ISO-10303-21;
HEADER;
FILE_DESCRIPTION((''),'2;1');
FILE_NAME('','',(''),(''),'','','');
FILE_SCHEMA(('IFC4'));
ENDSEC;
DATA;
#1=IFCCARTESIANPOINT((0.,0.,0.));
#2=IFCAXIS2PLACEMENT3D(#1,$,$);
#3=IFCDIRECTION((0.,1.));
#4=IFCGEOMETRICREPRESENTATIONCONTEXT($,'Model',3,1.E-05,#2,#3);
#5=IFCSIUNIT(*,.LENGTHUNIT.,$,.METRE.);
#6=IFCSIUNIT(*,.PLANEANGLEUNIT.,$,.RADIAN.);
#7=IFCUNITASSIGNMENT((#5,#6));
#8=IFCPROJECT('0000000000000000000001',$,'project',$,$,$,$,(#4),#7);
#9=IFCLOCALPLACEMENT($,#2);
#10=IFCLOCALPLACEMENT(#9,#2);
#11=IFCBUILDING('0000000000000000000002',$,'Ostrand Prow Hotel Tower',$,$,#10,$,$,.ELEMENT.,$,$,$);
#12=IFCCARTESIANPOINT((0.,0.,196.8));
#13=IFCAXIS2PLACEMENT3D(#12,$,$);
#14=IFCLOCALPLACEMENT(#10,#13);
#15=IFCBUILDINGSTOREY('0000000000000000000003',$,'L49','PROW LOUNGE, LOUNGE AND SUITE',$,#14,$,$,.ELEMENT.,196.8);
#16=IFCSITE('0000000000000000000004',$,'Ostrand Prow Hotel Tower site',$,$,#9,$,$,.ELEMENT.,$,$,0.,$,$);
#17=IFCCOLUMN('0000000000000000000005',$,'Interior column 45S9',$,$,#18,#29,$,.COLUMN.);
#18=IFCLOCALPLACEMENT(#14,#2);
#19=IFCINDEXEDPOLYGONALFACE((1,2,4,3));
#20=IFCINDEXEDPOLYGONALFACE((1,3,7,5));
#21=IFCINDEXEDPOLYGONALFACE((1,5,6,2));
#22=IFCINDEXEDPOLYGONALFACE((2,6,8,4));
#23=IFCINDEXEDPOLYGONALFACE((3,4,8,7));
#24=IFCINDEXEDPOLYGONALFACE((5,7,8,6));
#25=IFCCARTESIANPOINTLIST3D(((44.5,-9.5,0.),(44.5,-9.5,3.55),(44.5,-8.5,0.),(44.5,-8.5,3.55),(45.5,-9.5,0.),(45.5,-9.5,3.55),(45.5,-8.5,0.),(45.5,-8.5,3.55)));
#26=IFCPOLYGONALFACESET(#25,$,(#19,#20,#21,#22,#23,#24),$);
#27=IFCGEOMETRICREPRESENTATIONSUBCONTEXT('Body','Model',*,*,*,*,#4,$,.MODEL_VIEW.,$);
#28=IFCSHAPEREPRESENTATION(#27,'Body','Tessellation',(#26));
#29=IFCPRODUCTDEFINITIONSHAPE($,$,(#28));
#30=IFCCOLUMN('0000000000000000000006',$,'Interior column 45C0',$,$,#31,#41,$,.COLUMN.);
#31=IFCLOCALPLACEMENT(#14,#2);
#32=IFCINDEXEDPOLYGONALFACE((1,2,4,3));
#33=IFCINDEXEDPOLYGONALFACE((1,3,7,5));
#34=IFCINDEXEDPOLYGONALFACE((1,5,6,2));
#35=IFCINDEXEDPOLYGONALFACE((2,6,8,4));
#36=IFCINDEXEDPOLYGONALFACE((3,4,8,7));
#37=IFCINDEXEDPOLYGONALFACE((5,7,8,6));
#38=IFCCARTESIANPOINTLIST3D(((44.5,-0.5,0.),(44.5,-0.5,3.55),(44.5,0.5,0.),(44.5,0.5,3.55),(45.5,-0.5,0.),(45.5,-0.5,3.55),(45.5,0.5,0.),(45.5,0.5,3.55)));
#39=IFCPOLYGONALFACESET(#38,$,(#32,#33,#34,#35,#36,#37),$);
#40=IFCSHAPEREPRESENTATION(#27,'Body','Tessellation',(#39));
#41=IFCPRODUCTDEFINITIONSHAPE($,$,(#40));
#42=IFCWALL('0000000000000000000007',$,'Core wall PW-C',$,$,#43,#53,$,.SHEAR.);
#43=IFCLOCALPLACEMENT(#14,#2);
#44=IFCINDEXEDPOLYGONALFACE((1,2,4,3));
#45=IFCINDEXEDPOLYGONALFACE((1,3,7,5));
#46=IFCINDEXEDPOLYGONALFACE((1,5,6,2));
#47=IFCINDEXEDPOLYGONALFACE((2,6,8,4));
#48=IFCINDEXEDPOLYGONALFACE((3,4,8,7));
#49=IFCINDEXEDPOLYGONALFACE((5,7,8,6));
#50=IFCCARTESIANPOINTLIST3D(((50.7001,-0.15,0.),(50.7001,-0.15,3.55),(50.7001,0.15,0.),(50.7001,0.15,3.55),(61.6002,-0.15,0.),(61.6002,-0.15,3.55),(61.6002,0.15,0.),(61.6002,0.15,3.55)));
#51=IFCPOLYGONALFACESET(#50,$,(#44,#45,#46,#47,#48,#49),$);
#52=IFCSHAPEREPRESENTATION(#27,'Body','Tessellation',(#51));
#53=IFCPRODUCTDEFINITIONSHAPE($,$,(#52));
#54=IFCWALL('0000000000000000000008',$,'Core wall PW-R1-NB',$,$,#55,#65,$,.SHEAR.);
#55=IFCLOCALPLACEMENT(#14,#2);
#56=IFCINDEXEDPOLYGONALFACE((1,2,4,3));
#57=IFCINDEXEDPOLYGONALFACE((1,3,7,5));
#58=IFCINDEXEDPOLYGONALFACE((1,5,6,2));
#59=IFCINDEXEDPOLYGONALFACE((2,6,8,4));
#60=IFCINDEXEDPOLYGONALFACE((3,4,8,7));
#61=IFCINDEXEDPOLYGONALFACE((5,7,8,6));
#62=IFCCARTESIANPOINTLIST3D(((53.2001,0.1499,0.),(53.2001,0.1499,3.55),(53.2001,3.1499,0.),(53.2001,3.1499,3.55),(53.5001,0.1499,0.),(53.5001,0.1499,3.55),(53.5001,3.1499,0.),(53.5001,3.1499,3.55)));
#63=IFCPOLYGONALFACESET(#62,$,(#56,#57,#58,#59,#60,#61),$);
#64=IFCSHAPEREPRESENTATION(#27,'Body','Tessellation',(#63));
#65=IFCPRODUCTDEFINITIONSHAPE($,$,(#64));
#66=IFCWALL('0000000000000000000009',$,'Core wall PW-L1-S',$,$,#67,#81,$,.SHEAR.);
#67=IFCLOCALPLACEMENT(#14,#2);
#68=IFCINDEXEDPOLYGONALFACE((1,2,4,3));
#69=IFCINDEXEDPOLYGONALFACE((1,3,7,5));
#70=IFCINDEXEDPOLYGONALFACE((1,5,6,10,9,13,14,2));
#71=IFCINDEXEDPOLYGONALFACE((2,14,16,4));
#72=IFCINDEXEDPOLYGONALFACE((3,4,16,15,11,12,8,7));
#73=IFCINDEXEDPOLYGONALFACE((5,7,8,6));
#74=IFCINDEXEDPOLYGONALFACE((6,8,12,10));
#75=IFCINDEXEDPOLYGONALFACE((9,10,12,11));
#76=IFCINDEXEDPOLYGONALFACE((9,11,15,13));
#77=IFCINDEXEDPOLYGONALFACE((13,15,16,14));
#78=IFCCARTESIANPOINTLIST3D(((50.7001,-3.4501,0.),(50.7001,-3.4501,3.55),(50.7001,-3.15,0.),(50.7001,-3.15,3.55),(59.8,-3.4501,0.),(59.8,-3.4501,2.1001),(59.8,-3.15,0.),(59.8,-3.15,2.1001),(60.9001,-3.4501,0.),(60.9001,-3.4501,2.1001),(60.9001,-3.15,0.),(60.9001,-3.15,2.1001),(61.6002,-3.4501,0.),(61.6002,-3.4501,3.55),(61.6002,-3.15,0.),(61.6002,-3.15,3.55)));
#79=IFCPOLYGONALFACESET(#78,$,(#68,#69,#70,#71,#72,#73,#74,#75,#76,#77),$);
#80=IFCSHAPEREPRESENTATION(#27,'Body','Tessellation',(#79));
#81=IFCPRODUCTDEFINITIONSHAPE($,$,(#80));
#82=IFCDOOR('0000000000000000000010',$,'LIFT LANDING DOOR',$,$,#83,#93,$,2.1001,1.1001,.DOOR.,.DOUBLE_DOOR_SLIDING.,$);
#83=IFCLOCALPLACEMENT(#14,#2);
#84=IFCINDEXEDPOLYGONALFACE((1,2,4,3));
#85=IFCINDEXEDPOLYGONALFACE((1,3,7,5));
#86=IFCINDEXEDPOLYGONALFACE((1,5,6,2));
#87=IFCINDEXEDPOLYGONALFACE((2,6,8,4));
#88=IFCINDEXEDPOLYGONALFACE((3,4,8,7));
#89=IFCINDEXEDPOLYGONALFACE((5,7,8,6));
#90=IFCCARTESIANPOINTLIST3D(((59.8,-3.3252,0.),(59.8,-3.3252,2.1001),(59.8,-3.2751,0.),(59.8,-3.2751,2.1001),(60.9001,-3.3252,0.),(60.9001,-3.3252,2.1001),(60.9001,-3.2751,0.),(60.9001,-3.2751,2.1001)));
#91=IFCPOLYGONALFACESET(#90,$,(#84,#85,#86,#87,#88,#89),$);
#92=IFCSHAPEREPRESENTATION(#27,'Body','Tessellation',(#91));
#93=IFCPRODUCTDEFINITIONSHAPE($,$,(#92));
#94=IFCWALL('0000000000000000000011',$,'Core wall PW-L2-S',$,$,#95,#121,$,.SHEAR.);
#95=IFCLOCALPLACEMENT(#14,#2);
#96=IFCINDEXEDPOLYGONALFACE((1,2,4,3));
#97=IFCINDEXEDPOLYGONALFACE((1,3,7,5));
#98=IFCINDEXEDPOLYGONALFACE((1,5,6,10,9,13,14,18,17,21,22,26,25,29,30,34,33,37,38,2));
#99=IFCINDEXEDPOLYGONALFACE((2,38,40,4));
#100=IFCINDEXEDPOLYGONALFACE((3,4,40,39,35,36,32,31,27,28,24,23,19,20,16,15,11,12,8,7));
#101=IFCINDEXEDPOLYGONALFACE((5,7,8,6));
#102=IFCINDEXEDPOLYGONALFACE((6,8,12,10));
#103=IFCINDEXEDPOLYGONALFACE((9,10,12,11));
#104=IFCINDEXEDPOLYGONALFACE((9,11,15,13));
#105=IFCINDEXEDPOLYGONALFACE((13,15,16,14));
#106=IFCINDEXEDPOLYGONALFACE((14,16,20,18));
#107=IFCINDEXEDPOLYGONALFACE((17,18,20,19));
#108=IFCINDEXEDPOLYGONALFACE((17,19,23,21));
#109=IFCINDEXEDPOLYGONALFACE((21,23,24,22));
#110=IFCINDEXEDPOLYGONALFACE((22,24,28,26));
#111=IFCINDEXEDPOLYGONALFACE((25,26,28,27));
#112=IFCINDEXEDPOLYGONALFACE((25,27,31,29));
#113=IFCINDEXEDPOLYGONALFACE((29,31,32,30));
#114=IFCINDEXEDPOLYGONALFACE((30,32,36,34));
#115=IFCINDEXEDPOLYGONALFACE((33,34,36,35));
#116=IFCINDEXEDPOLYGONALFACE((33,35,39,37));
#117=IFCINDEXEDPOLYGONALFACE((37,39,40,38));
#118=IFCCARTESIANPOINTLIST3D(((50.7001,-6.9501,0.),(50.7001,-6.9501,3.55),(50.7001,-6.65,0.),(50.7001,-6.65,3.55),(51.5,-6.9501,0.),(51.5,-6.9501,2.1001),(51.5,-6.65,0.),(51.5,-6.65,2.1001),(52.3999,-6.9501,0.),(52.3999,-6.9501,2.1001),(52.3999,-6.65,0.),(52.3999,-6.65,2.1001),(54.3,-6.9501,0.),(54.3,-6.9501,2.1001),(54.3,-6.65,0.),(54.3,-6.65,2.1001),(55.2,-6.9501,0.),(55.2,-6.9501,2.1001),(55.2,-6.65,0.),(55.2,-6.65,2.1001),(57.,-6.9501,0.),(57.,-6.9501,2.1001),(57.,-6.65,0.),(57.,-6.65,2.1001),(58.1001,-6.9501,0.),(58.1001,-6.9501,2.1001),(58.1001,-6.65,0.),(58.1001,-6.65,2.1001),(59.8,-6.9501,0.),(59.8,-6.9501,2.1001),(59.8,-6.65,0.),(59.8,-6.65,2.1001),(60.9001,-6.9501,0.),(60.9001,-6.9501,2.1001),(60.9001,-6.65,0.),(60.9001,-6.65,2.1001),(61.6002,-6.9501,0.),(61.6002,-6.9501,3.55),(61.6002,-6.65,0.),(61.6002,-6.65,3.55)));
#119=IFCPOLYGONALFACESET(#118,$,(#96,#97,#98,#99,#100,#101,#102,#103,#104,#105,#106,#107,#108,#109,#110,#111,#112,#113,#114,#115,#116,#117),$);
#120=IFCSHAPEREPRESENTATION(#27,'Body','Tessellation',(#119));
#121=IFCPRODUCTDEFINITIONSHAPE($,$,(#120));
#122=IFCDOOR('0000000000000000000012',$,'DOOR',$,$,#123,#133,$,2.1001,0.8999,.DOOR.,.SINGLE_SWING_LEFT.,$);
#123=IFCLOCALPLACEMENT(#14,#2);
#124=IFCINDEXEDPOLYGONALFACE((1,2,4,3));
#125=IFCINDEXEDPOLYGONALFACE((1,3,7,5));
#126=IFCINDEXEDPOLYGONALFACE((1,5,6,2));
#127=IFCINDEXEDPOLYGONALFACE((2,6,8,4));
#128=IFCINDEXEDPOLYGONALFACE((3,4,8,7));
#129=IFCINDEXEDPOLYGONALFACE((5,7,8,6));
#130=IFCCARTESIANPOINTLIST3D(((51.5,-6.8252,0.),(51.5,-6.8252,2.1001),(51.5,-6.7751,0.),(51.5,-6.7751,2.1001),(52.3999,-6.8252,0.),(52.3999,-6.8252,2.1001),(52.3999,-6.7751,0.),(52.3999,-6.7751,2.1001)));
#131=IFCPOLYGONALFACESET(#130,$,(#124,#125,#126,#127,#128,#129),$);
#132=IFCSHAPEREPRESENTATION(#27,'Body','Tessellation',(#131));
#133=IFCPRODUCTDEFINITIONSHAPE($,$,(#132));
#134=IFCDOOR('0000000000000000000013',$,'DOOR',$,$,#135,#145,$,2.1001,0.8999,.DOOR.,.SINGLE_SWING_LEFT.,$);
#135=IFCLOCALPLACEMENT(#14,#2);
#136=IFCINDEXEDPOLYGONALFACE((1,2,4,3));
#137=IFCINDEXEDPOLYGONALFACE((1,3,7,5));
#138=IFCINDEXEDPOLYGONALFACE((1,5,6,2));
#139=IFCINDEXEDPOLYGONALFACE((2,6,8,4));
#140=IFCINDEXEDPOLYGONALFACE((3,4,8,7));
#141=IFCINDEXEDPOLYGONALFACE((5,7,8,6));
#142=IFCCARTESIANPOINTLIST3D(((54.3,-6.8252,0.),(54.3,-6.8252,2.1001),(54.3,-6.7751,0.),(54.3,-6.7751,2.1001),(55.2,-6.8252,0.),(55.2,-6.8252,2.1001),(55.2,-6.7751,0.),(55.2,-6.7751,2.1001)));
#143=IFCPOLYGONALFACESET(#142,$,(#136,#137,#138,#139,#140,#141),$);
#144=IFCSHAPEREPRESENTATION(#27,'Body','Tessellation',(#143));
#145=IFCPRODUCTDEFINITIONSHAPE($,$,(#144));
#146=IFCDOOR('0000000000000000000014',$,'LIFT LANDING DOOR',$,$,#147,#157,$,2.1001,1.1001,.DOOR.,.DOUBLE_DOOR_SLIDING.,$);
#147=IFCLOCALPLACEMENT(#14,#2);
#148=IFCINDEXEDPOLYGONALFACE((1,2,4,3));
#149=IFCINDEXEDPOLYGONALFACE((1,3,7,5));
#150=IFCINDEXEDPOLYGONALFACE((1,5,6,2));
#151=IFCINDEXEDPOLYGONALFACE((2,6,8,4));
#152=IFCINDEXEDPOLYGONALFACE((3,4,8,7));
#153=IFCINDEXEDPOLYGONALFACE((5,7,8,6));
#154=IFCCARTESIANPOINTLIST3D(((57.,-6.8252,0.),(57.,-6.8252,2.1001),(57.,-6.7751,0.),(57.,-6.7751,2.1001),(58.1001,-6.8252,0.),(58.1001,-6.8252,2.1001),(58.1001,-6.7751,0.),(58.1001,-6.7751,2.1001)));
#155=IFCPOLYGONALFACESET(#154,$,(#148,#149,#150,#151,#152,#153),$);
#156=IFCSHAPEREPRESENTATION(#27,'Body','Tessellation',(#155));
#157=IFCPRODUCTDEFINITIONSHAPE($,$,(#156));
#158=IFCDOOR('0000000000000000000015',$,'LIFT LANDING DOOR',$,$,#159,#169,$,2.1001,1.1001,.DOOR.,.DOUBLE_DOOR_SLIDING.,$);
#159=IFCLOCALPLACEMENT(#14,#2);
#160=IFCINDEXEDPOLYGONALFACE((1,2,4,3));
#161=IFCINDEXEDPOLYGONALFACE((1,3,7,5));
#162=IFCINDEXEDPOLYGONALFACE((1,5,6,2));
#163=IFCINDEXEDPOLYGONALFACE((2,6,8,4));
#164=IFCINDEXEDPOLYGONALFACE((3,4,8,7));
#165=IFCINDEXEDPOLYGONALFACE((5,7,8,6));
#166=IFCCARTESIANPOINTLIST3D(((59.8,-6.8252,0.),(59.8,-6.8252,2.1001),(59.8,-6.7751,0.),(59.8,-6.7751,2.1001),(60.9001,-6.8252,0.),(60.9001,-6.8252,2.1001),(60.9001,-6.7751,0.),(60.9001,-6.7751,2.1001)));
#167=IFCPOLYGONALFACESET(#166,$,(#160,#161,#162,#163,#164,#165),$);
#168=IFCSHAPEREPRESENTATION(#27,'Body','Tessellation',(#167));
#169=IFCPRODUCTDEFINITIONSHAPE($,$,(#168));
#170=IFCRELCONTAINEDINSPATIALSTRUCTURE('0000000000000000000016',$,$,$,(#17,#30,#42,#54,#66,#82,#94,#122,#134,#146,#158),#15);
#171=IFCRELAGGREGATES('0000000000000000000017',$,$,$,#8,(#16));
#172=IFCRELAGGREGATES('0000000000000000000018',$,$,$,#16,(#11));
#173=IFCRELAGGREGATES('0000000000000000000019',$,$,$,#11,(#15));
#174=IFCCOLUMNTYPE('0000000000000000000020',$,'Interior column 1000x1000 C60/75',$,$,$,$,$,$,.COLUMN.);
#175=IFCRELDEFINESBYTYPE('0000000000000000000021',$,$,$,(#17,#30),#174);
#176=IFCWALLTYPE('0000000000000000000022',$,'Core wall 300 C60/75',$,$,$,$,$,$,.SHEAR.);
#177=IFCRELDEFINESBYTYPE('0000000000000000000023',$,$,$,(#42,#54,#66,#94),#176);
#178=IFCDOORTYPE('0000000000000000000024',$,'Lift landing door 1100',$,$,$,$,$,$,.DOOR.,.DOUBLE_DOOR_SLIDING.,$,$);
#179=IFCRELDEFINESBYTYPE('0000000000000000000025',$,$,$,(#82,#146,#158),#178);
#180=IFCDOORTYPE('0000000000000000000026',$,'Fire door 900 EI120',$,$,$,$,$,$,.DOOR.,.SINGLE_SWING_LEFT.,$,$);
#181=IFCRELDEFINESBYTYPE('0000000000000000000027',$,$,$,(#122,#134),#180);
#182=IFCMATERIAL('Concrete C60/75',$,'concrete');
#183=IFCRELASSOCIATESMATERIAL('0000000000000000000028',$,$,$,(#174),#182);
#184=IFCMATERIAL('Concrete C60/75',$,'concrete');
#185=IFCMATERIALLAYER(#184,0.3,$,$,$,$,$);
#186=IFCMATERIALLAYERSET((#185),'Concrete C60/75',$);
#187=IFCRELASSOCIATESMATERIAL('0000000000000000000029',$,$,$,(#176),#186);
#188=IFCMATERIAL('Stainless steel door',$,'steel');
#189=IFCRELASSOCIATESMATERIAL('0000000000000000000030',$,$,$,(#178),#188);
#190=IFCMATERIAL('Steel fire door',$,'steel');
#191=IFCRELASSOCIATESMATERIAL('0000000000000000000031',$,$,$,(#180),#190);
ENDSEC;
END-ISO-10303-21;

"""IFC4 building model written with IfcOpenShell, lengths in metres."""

from ifc_helpers import new_model, si_unit, direction, frame, frame_2d, origin, origin_2d, place, context, subcontext, project, spatial, rectangle, extrude, material, layer, layer_set, material_profile, profile_set, type_object, element, fill, save


model = new_model("IFC4")

# Units and contexts
model_context = context("Model", 3, precision=1e-05, world=origin(), true_north=direction((0.0, 1.0)))
body_context = subcontext(model_context, "Body", "Model", "MODEL_VIEW")
ifc_project = project(units=[si_unit("LENGTHUNIT", "METRE"), si_unit("PLANEANGLEUNIT", "RADIAN")], contexts=[model_context])

# Site, building, storey
site_placement = place(None, origin())
site = spatial("IfcSite", under=ifc_project, at=site_placement, Name="Ostrand Prow Hotel Tower site", CompositionType="ELEMENT", RefElevation=0.0)
building_placement = place(site_placement, origin())
building = spatial("IfcBuilding", under=site, at=building_placement, Name="Ostrand Prow Hotel Tower", CompositionType="ELEMENT")
storey_placement = place(building_placement, frame((0.0, 0.0, 196.8)))
storey = spatial("IfcBuildingStorey", under=building, at=storey_placement, Name="L49", Description="PROW LOUNGE, LOUNGE AND SUITE", CompositionType="ELEMENT", Elevation=196.8)

# Columns
ifc_material_1 = material(Name="Concrete C60/75", Category="concrete")
ifc_material_profile = material_profile(ifc_material_1, rectangle(XDim=1.0, YDim=1.0, at=origin_2d()), Name="RC 1000x1000")
ifc_profile_set = profile_set([ifc_material_profile], Name="Concrete C60/75")
column_type = type_object("IfcColumnType", Name="Interior column 1000x1000 C60/75", PredefinedType="COLUMN", material=ifc_profile_set)
for number, where, z_axis, x_axis, name in (
    (1, (45.0, -9.0, 0.0), (0.0, 0.0, 1.0), (1.0, 0.0, 0.0), "Interior column 45S9"),
    (2, (45.0, 0.0, 0.0), (0.0, 0.0, 1.0), (1.0, 0.0, 0.0), "Interior column 45C0"),
):
    element("IfcColumn", number, at=place(storey_placement, frame(where, z_axis=z_axis, x_axis=x_axis)), inside=storey, type_object=column_type, Name=name, PredefinedType="COLUMN", context=body_context, shape_type="SweptSolid", body=[
        extrude(rectangle(XDim=1.0, YDim=1.0, at=origin_2d()), origin(), (0.0, 0.0, 1.0), 3.55),
    ])

# Walls
ifc_material_2 = material(Name="Concrete C60/75", Category="concrete")
ifc_layer_1 = layer(ifc_material_2, 0.3)
ifc_layer_set_1 = layer_set([ifc_layer_1], Name="Concrete C60/75")
wall_type_1 = type_object("IfcWallType", Name="Core wall 300 C60/75", PredefinedType="SHEAR", material=ifc_layer_set_1)
wall_1_placement = place(storey_placement, frame((50.7, 0.0, 0.0), z_axis=(0.0, 0.0, 1.0), x_axis=(1.0, 0.0, 0.0)))
element("IfcWall", 3, at=wall_1_placement, inside=storey, type_object=wall_type_1, Name="Core wall PW-C", PredefinedType="SHEAR", context=body_context, shape_type="SweptSolid", body=[
    extrude(rectangle(XDim=10.9001, YDim=0.3, at=frame_2d((5.4502, 0.0))), origin(), (0.0, 0.0, 1.0), 3.55),
])
wall_2_placement = place(storey_placement, frame((53.3501, 0.1499, 0.0), z_axis=(0.0, 0.0, 1.0), x_axis=(0.0, 1.0, 0.0)))
element("IfcWall", 4, at=wall_2_placement, inside=storey, type_object=wall_type_1, Name="Core wall PW-R1-NB", PredefinedType="SHEAR", context=body_context, shape_type="SweptSolid", body=[
    extrude(rectangle(XDim=3.0, YDim=0.3, at=frame_2d((1.5, 0.0))), origin(), (0.0, 0.0, 1.0), 3.55),
])

# Wall, opening, door
wall_3_placement = place(storey_placement, frame((50.7, -3.3, 0.0), z_axis=(0.0, 0.0, 1.0), x_axis=(1.0, 0.0, 0.0)))
wall_3 = element("IfcWall", 5, at=wall_3_placement, inside=storey, type_object=wall_type_1, Name="Core wall PW-L1-S", PredefinedType="SHEAR", context=body_context, shape_type="SweptSolid", body=[
    extrude(rectangle(XDim=10.9001, YDim=0.3, at=frame_2d((5.4502, 0.0))), origin(), (0.0, 0.0, 1.0), 3.55),
])
opening_1_placement = place(wall_3_placement, frame((9.1001, 0.0, 0.0)))
opening_1 = element("IfcOpeningElement", 6, at=opening_1_placement, cuts=wall_3, PredefinedType="OPENING", context=body_context, shape_type="SweptSolid", body=[
    extrude(rectangle(XDim=1.1001, YDim=2.1001, at=frame_2d((0.55, 1.05))), frame((0.0, 0.1599, 0.0), z_axis=(0.0, -1.0, 0.0), x_axis=(1.0, 0.0, 0.0)), (0.0, 0.0, 1.0), 0.3201),
])
ifc_material_3 = material(Name="Stainless steel door", Category="steel")
door_type_1 = type_object("IfcDoorType", Name="Lift landing door 1100", OperationType="DOUBLE_DOOR_SLIDING", PredefinedType="DOOR", material=ifc_material_3)
door_1_placement = place(opening_1_placement, origin())
door_1 = element("IfcDoor", 7, at=door_1_placement, inside=storey, type_object=door_type_1, Name="LIFT LANDING DOOR", OperationType="DOUBLE_DOOR_SLIDING", OverallHeight=2.1001, OverallWidth=1.1001, PredefinedType="DOOR", context=body_context, shape_type="SweptSolid", body=[
    extrude(rectangle(XDim=1.1001, YDim=2.1001, at=frame_2d((0.55, 1.05))), frame((0.0, 0.0249, 0.0), z_axis=(0.0, -1.0, 0.0), x_axis=(1.0, 0.0, 0.0)), (0.0, 0.0, 1.0), 0.05),
])
fill(opening_1, door_1)

# Wall, openings, doors
wall_4_placement = place(storey_placement, frame((50.7, -6.8, 0.0), z_axis=(0.0, 0.0, 1.0), x_axis=(1.0, 0.0, 0.0)))
wall_4 = element("IfcWall", 8, at=wall_4_placement, inside=storey, type_object=wall_type_1, Name="Core wall PW-L2-S", PredefinedType="SHEAR", context=body_context, shape_type="SweptSolid", body=[
    extrude(rectangle(XDim=10.9001, YDim=0.3, at=frame_2d((5.4502, 0.0))), origin(), (0.0, 0.0, 1.0), 3.55),
])
opening_2_placement = place(wall_4_placement, frame((6.3, 0.0, 0.0)))
opening_2 = element("IfcOpeningElement", 9, at=opening_2_placement, cuts=wall_4, PredefinedType="OPENING", context=body_context, shape_type="SweptSolid", body=[
    extrude(rectangle(XDim=1.1001, YDim=2.1001, at=frame_2d((0.55, 1.05))), frame((0.0, 0.1599, 0.0), z_axis=(0.0, -1.0, 0.0), x_axis=(1.0, 0.0, 0.0)), (0.0, 0.0, 1.0), 0.3201),
])
opening_3_placement = place(wall_4_placement, frame((9.1001, 0.0, 0.0)))
opening_3 = element("IfcOpeningElement", 10, at=opening_3_placement, cuts=wall_4, PredefinedType="OPENING", context=body_context, shape_type="SweptSolid", body=[
    extrude(rectangle(XDim=1.1001, YDim=2.1001, at=frame_2d((0.55, 1.05))), frame((0.0, 0.1599, 0.0), z_axis=(0.0, -1.0, 0.0), x_axis=(1.0, 0.0, 0.0)), (0.0, 0.0, 1.0), 0.3201),
])
opening_4_placement = place(wall_4_placement, frame((0.8, 0.0, 0.0)))
opening_4 = element("IfcOpeningElement", 11, at=opening_4_placement, cuts=wall_4, PredefinedType="OPENING", context=body_context, shape_type="SweptSolid", body=[
    extrude(rectangle(XDim=0.8999, YDim=2.1001, at=frame_2d((0.45, 1.05))), frame((0.0, 0.1599, 0.0), z_axis=(0.0, -1.0, 0.0), x_axis=(1.0, 0.0, 0.0)), (0.0, 0.0, 1.0), 0.3201),
])
opening_5_placement = place(wall_4_placement, frame((3.6001, 0.0, 0.0)))
opening_5 = element("IfcOpeningElement", 12, at=opening_5_placement, cuts=wall_4, PredefinedType="OPENING", context=body_context, shape_type="SweptSolid", body=[
    extrude(rectangle(XDim=0.8999, YDim=2.1001, at=frame_2d((0.45, 1.05))), frame((0.0, 0.1599, 0.0), z_axis=(0.0, -1.0, 0.0), x_axis=(1.0, 0.0, 0.0)), (0.0, 0.0, 1.0), 0.3201),
])
ifc_material_4 = material(Name="Steel fire door", Category="steel")
door_type_2 = type_object("IfcDoorType", Name="Fire door 900 EI120", OperationType="SINGLE_SWING_LEFT", PredefinedType="DOOR", material=ifc_material_4)
door_2_placement = place(opening_4_placement, origin())
door_2 = element("IfcDoor", 13, at=door_2_placement, inside=storey, type_object=door_type_2, Name="DOOR", OperationType="SINGLE_SWING_LEFT", OverallHeight=2.1001, OverallWidth=0.8999, PredefinedType="DOOR", context=body_context, shape_type="SweptSolid", body=[
    extrude(rectangle(XDim=0.8999, YDim=2.1001, at=frame_2d((0.45, 1.05))), frame((0.0, 0.0249, 0.0), z_axis=(0.0, -1.0, 0.0), x_axis=(1.0, 0.0, 0.0)), (0.0, 0.0, 1.0), 0.05),
])
fill(opening_4, door_2)
door_3_placement = place(opening_5_placement, origin())
door_3 = element("IfcDoor", 14, at=door_3_placement, inside=storey, type_object=door_type_2, Name="DOOR", OperationType="SINGLE_SWING_LEFT", OverallHeight=2.1001, OverallWidth=0.8999, PredefinedType="DOOR", context=body_context, shape_type="SweptSolid", body=[
    extrude(rectangle(XDim=0.8999, YDim=2.1001, at=frame_2d((0.45, 1.05))), frame((0.0, 0.0249, 0.0), z_axis=(0.0, -1.0, 0.0), x_axis=(1.0, 0.0, 0.0)), (0.0, 0.0, 1.0), 0.05),
])
fill(opening_5, door_3)
door_4_placement = place(opening_2_placement, origin())
door_4 = element("IfcDoor", 15, at=door_4_placement, inside=storey, type_object=door_type_1, Name="LIFT LANDING DOOR", OperationType="DOUBLE_DOOR_SLIDING", OverallHeight=2.1001, OverallWidth=1.1001, PredefinedType="DOOR", context=body_context, shape_type="SweptSolid", body=[
    extrude(rectangle(XDim=1.1001, YDim=2.1001, at=frame_2d((0.55, 1.05))), frame((0.0, 0.0249, 0.0), z_axis=(0.0, -1.0, 0.0), x_axis=(1.0, 0.0, 0.0)), (0.0, 0.0, 1.0), 0.05),
])
fill(opening_2, door_4)
door_5_placement = place(opening_3_placement, origin())
door_5 = element("IfcDoor", 16, at=door_5_placement, inside=storey, type_object=door_type_1, Name="LIFT LANDING DOOR", OperationType="DOUBLE_DOOR_SLIDING", OverallHeight=2.1001, OverallWidth=1.1001, PredefinedType="DOOR", context=body_context, shape_type="SweptSolid", body=[
    extrude(rectangle(XDim=1.1001, YDim=2.1001, at=frame_2d((0.55, 1.05))), frame((0.0, 0.0249, 0.0), z_axis=(0.0, -1.0, 0.0), x_axis=(1.0, 0.0, 0.0)), (0.0, 0.0, 1.0), 0.05),
])
fill(opening_3, door_5)

save(model, "model.ifc")
